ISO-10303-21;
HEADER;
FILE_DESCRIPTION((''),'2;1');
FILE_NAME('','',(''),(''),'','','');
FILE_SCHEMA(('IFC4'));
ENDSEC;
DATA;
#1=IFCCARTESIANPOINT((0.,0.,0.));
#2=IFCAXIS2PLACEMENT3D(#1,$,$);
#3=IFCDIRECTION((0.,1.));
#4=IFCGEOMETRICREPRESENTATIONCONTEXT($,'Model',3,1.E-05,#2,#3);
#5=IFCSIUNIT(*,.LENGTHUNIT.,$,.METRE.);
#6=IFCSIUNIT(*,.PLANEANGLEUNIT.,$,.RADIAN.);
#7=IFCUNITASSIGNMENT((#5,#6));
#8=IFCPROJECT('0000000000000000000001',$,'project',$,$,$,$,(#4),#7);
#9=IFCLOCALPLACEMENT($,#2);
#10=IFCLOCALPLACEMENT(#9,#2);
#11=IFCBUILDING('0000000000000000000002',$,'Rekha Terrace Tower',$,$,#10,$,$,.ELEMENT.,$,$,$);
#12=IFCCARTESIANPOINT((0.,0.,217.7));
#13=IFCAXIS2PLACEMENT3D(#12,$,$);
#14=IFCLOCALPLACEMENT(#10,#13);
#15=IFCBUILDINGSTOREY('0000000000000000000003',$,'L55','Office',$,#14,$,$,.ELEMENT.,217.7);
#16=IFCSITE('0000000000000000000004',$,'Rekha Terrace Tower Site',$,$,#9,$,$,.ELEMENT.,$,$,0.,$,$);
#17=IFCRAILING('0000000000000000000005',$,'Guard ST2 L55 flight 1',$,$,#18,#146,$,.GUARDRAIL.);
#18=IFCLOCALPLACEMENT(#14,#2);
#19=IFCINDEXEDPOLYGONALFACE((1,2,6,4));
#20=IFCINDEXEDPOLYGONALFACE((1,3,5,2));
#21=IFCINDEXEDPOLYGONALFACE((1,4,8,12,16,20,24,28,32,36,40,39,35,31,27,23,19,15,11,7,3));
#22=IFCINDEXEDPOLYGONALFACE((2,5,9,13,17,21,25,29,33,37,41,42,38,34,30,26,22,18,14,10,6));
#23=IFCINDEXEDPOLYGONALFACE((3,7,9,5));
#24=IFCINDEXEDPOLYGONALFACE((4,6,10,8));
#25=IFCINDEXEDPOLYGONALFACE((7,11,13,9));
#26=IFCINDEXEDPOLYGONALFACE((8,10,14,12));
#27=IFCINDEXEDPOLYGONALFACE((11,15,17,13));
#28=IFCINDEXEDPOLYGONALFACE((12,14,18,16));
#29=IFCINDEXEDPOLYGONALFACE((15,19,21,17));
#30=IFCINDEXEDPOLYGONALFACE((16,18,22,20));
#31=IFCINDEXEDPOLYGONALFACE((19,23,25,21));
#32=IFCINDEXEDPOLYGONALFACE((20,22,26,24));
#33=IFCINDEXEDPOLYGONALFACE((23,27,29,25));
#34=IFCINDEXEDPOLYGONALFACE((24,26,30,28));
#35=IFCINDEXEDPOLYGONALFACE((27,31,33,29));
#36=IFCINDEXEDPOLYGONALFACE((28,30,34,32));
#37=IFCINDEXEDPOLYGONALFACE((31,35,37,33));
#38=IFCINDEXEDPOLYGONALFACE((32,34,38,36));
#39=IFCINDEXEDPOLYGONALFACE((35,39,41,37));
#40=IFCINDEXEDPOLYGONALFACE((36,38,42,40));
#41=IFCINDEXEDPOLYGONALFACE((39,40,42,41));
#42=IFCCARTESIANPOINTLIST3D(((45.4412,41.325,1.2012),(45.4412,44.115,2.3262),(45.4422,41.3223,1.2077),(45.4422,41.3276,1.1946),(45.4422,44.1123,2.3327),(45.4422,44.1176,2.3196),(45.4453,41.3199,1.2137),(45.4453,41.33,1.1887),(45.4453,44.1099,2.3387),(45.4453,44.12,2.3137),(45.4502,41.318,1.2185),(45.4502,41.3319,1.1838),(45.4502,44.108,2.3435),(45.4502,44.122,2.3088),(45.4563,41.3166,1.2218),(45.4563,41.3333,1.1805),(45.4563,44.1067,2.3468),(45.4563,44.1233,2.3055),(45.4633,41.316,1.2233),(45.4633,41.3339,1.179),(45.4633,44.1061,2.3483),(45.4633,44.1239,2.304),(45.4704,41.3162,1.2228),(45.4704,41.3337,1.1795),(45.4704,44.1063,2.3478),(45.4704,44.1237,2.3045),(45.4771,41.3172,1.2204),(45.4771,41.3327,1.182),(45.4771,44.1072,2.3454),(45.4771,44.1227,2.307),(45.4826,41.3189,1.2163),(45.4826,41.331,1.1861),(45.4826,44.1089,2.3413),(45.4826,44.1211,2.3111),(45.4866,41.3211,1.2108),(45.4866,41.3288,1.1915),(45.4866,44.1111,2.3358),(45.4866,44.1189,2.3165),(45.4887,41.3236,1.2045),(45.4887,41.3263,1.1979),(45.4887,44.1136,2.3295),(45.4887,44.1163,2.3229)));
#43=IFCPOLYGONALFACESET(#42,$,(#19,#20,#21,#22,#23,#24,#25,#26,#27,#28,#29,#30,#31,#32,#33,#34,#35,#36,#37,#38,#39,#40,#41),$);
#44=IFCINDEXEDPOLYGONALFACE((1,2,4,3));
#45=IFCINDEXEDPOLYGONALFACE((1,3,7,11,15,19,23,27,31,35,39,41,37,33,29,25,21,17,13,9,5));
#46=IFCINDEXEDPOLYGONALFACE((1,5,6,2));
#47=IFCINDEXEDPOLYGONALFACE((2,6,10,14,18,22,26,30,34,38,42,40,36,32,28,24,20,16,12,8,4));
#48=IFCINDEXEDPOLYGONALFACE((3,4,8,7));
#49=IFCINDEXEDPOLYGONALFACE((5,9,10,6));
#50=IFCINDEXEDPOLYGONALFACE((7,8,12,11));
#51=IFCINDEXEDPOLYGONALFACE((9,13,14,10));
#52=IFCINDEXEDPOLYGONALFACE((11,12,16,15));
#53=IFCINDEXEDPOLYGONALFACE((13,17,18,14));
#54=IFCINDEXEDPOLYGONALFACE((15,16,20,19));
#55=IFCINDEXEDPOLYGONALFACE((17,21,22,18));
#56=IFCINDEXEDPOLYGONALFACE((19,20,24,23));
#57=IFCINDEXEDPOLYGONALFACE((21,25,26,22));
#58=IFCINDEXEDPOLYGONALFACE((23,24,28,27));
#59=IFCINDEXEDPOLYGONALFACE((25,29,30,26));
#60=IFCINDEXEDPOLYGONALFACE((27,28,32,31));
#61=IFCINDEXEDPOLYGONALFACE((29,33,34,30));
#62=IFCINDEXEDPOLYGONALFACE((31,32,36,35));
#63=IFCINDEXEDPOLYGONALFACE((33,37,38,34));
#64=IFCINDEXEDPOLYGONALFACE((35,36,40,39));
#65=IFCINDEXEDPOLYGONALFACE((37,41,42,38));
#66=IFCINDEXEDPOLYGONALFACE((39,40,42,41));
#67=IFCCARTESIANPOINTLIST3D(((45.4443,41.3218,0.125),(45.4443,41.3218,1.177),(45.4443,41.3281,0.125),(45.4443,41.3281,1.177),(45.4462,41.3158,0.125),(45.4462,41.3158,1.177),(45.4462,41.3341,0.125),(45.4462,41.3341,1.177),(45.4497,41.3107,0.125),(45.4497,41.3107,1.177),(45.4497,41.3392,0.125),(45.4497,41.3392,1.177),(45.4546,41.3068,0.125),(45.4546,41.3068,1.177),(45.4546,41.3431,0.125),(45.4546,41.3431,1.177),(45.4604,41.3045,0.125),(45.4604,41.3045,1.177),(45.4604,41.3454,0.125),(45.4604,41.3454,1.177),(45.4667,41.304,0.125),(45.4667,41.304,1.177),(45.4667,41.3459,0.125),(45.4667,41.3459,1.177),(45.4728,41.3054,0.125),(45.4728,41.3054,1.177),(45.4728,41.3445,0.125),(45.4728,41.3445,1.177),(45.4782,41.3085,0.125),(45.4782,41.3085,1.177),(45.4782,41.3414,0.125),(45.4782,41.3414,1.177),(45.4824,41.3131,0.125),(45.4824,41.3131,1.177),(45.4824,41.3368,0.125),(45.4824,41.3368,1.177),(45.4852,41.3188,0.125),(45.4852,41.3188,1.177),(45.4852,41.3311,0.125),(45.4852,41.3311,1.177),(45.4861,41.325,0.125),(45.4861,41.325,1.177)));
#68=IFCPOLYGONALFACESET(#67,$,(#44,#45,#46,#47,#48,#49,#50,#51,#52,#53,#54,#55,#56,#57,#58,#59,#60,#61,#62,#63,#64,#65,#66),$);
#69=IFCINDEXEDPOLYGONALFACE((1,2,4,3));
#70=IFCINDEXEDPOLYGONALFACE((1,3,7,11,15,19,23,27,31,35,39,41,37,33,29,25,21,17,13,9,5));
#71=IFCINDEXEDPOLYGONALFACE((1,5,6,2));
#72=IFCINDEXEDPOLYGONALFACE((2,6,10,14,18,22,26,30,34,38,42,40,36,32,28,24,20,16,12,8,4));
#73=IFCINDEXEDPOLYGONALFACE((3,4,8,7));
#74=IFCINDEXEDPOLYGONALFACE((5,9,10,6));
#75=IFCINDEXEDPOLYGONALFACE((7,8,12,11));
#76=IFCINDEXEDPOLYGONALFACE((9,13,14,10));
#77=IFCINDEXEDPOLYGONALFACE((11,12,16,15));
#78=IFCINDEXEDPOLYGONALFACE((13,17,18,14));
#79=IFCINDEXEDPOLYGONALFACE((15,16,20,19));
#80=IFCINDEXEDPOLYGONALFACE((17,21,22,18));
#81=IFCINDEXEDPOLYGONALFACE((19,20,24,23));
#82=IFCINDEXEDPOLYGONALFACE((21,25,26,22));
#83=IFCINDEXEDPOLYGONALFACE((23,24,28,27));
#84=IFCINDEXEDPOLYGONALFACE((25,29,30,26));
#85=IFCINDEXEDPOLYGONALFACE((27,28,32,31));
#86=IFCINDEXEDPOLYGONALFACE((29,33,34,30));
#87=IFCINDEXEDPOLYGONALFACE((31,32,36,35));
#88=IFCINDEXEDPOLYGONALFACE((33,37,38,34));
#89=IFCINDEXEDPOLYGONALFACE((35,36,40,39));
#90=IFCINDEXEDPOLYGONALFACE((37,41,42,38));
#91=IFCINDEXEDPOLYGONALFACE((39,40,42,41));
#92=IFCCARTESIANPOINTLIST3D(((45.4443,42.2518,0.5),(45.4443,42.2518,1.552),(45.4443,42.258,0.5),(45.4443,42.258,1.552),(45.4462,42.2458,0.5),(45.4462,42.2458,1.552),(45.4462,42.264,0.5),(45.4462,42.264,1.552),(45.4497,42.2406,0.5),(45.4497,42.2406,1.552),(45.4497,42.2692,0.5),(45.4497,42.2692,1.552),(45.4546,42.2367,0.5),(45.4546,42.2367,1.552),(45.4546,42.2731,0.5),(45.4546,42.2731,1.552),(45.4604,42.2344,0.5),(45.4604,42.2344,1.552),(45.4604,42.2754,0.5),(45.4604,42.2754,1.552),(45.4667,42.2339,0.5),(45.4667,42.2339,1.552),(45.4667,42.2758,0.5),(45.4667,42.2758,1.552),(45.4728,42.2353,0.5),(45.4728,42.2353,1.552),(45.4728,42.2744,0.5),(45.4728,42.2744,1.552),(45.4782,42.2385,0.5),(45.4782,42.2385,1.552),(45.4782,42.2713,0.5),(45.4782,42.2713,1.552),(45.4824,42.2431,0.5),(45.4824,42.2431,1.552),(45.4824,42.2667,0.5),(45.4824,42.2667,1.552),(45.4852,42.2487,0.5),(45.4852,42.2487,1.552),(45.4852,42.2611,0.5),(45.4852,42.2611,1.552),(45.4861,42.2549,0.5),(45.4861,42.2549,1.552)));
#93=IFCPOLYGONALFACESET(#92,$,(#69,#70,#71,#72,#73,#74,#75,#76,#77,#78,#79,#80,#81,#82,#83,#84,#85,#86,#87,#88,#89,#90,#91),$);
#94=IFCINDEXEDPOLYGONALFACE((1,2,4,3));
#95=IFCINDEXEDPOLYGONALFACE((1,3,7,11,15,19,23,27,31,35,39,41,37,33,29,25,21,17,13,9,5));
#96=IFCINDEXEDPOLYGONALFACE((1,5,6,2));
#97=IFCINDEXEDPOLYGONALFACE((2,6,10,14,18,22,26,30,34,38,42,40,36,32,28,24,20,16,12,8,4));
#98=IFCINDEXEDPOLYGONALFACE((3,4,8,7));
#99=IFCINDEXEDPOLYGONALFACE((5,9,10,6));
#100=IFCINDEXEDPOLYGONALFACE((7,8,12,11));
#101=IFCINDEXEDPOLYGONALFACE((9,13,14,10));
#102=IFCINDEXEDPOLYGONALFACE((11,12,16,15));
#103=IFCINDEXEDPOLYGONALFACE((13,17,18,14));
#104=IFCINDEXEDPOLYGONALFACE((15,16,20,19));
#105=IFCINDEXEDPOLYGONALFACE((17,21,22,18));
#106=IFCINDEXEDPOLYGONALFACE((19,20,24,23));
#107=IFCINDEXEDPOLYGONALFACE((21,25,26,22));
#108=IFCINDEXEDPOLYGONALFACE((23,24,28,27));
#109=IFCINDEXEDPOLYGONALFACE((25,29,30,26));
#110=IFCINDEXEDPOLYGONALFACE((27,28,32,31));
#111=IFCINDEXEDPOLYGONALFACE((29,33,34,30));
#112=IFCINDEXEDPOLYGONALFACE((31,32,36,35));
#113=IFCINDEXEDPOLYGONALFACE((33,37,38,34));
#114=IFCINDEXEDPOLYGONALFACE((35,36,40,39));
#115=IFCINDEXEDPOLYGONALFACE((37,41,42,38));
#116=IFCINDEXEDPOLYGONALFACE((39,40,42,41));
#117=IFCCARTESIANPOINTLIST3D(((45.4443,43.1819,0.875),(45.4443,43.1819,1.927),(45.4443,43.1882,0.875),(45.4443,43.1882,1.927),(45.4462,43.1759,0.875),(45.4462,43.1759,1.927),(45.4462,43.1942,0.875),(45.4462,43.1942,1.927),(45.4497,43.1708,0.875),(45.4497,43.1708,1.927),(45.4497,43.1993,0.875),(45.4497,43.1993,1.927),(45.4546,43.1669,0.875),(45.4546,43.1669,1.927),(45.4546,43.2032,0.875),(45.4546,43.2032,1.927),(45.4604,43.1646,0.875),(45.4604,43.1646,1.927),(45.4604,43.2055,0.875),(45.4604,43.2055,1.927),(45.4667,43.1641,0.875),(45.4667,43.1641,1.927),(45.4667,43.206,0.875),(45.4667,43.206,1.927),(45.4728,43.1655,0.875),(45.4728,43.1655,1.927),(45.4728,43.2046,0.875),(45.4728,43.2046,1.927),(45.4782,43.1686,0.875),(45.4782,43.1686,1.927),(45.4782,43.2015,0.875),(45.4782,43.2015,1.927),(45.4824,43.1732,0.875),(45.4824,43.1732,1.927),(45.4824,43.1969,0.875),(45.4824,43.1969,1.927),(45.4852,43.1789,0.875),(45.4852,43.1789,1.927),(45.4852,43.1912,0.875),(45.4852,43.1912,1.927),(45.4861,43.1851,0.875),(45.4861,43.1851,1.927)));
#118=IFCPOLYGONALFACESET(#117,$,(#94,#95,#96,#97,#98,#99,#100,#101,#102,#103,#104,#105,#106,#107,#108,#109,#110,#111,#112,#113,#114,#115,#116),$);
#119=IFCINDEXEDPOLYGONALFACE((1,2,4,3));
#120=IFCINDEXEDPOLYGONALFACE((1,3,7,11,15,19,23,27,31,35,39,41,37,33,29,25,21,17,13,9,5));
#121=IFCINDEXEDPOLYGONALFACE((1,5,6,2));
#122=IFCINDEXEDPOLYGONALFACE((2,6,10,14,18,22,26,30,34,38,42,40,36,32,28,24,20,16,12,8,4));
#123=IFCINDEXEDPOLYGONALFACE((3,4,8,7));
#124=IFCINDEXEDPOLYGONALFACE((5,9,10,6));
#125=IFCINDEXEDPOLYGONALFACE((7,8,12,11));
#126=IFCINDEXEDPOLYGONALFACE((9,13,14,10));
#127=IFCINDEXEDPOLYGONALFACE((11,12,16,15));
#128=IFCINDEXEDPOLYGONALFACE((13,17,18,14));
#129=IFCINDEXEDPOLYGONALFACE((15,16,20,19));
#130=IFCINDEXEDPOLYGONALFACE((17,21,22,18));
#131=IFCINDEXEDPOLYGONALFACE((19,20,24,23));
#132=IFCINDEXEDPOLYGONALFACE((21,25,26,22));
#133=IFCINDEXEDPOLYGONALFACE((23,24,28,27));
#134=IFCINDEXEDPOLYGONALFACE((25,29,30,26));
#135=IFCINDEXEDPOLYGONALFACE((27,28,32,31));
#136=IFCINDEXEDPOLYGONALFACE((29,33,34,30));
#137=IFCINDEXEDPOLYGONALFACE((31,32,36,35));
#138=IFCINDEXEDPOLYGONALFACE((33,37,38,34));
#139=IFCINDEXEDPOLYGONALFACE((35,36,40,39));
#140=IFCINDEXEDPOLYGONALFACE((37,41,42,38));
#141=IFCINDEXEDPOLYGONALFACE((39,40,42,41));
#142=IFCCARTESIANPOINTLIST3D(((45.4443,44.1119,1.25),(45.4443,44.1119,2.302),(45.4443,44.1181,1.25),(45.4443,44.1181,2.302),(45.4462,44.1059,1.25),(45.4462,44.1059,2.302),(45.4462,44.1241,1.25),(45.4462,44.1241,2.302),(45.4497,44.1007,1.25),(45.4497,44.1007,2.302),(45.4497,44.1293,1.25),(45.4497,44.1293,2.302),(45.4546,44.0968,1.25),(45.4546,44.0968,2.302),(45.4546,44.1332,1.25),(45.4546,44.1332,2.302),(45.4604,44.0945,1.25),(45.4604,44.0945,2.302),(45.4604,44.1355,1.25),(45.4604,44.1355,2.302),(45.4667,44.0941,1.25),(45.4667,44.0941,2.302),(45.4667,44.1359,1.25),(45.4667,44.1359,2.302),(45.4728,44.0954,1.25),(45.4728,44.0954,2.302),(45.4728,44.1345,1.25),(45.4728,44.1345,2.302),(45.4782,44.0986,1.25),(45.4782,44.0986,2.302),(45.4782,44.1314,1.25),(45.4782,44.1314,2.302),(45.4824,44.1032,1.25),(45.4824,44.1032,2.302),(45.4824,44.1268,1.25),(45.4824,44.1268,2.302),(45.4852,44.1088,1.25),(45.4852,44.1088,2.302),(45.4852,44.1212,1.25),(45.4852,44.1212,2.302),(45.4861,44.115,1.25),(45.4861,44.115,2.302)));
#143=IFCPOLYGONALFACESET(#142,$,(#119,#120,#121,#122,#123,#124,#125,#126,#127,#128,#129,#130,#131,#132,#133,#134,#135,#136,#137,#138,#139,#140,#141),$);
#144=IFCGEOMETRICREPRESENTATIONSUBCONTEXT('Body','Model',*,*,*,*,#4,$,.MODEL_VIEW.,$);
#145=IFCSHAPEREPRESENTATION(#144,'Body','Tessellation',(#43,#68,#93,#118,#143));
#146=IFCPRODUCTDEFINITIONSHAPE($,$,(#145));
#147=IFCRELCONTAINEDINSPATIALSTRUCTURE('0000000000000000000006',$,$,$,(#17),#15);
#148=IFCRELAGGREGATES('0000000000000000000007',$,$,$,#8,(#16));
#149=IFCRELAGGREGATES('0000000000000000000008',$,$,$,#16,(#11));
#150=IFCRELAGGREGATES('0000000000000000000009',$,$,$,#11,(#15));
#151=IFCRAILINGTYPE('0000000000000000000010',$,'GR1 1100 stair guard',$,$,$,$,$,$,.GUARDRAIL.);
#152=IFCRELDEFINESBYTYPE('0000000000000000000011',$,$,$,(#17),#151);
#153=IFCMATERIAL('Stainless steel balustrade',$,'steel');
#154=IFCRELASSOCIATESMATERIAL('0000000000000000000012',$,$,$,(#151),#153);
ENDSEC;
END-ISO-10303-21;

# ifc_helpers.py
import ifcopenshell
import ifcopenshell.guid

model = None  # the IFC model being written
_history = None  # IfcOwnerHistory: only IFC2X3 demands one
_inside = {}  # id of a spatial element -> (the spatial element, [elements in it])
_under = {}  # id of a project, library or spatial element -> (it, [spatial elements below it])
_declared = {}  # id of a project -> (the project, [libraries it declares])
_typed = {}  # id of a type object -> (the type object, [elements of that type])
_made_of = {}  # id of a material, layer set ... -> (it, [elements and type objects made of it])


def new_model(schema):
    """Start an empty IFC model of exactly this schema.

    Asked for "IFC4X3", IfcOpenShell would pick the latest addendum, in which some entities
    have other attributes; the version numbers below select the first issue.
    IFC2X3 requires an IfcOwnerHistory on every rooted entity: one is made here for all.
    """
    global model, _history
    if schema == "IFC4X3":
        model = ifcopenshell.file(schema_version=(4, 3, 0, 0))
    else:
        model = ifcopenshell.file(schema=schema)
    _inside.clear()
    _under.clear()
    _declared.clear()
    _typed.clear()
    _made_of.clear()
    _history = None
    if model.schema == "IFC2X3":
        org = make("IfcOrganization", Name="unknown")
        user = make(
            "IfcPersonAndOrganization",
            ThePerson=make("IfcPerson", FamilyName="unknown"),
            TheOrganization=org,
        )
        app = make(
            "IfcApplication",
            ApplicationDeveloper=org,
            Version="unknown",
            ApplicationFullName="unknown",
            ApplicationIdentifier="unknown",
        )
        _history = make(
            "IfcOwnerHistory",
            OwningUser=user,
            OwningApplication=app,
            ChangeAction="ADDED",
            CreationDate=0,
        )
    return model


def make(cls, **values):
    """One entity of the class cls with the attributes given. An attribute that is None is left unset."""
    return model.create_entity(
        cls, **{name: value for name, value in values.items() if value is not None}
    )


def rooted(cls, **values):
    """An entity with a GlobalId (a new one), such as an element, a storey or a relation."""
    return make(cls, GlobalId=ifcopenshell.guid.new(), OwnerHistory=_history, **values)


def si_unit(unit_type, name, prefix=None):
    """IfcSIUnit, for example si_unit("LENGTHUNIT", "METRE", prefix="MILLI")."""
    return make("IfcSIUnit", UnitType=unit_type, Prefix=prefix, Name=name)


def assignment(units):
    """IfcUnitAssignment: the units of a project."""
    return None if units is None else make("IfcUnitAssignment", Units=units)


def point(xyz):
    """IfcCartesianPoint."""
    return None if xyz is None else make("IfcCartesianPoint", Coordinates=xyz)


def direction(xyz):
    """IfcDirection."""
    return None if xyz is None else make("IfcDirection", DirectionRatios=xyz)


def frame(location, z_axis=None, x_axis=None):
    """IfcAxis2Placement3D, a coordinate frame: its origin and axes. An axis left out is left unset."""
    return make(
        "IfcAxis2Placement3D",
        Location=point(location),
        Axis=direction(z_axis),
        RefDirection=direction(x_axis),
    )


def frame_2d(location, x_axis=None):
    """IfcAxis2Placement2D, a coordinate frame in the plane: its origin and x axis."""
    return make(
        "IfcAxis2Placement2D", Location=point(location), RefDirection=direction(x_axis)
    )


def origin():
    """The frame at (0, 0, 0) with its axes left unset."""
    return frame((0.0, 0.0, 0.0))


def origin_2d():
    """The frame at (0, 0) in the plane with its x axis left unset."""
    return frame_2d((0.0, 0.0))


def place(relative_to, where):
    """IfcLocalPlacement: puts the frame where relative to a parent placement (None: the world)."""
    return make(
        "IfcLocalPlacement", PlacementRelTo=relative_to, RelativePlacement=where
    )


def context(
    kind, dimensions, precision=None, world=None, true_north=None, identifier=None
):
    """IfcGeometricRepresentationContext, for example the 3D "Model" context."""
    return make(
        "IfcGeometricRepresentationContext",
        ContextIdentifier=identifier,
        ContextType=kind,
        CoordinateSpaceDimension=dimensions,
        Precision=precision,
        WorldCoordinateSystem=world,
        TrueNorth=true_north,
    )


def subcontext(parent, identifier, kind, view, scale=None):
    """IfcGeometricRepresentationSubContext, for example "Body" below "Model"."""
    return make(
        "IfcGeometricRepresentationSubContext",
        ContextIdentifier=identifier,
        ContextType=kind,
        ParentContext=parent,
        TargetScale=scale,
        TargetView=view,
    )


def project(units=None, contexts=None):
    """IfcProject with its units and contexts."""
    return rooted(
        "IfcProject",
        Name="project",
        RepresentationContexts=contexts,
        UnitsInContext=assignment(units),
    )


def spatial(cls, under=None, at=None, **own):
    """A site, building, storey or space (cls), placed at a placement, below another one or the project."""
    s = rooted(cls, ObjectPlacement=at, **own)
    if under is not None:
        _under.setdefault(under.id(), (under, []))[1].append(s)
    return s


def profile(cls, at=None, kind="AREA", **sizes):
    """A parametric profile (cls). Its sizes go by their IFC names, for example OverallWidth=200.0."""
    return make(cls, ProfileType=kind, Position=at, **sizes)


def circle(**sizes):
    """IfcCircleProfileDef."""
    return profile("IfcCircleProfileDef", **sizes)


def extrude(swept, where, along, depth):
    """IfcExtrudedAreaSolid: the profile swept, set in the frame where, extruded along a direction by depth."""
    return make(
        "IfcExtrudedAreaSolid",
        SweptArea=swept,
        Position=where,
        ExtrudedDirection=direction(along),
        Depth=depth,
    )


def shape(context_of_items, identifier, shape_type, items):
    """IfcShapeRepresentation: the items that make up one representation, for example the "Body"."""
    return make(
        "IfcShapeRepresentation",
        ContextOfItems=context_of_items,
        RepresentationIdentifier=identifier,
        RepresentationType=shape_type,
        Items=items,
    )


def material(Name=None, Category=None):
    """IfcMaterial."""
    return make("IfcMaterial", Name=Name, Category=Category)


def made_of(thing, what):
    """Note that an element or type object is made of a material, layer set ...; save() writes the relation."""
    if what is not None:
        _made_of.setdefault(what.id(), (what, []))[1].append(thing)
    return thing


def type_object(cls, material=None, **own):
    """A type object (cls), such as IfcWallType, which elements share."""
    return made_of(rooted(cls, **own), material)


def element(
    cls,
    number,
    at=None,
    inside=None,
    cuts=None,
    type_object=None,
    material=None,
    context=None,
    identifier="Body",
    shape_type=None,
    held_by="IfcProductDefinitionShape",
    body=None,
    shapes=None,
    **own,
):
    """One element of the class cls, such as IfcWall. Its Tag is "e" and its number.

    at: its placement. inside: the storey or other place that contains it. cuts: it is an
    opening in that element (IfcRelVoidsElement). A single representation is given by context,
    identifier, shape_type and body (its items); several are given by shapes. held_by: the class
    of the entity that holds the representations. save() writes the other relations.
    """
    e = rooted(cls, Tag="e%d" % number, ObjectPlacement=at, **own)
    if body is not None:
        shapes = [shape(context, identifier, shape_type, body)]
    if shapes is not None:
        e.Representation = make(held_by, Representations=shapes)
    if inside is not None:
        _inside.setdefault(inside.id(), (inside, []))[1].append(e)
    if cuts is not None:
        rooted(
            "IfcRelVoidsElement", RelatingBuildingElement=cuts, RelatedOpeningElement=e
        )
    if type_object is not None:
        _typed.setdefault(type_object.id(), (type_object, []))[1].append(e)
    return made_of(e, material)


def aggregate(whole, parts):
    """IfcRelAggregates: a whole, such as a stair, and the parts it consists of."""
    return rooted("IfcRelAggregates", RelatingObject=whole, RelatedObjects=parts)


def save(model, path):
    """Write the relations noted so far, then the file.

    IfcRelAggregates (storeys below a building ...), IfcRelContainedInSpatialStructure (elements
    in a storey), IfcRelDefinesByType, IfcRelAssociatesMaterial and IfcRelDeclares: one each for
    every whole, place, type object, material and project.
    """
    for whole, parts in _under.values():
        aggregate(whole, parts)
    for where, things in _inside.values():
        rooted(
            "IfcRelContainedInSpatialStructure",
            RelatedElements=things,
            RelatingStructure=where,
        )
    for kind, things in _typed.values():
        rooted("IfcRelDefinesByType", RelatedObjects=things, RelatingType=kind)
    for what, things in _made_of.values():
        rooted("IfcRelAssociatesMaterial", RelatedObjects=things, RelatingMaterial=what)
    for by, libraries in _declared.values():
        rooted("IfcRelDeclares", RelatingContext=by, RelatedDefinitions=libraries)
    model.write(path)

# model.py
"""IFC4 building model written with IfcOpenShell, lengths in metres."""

from ifc_helpers import new_model, si_unit, direction, frame, origin, origin_2d, place, context, subcontext, project, spatial, circle, extrude, material, type_object, element, save


model = new_model("IFC4")

# Units and contexts
model_context = context("Model", 3, precision=1e-05, world=origin(), true_north=direction((0.0, 1.0)))
body_context = subcontext(model_context, "Body", "Model", "MODEL_VIEW")
ifc_project = project(units=[si_unit("LENGTHUNIT", "METRE"), si_unit("PLANEANGLEUNIT", "RADIAN")], contexts=[model_context])

# Site, building, storey
site_placement = place(None, origin())
site = spatial("IfcSite", under=ifc_project, at=site_placement, Name="Rekha Terrace Tower Site", CompositionType="ELEMENT", RefElevation=0.0)
building_placement = place(site_placement, origin())
building = spatial("IfcBuilding", under=site, at=building_placement, Name="Rekha Terrace Tower", CompositionType="ELEMENT")
storey_placement = place(building_placement, frame((0.0, 0.0, 217.7)))
storey = spatial("IfcBuildingStorey", under=building, at=storey_placement, Name="L55", Description="Office", CompositionType="ELEMENT", Elevation=217.7)

# Railing
ifc_material_1 = material(Name="Stainless steel balustrade", Category="steel")
railing_type_1 = type_object("IfcRailingType", Name="GR1 1100 stair guard", PredefinedType="GUARDRAIL", material=ifc_material_1)
railing_1_placement = place(storey_placement, frame((45.4651, 41.325, 0.125)))
element("IfcRailing", 1, at=railing_1_placement, inside=storey, type_object=railing_type_1, Name="Guard ST2 L55 flight 1", PredefinedType="GUARDRAIL", context=body_context, shape_type="SweptSolid", body=[
    extrude(circle(Radius=0.0239, at=origin_2d()), frame((0.0, 0.0, 1.0762), z_axis=(0.0, 0.927443, 0.373964), x_axis=(-1.0, 0.0, 0.0)), (0.0, 0.0, 1.0), 3.0083),
    extrude(circle(Radius=0.021, at=origin_2d()), origin(), (0.0, 0.0, 1.0), 1.052),
    extrude(circle(Radius=0.021, at=origin_2d()), frame((0.0, 0.9299, 0.375)), (0.0, 0.0, 1.0), 1.052),
    extrude(circle(Radius=0.021, at=origin_2d()), frame((0.0, 1.8601, 0.75)), (0.0, 0.0, 1.0), 1.052),
    extrude(circle(Radius=0.021, at=origin_2d()), frame((0.0, 2.79, 1.125)), (0.0, 0.0, 1.0), 1.052),
])

save(model, "model.ifc")
